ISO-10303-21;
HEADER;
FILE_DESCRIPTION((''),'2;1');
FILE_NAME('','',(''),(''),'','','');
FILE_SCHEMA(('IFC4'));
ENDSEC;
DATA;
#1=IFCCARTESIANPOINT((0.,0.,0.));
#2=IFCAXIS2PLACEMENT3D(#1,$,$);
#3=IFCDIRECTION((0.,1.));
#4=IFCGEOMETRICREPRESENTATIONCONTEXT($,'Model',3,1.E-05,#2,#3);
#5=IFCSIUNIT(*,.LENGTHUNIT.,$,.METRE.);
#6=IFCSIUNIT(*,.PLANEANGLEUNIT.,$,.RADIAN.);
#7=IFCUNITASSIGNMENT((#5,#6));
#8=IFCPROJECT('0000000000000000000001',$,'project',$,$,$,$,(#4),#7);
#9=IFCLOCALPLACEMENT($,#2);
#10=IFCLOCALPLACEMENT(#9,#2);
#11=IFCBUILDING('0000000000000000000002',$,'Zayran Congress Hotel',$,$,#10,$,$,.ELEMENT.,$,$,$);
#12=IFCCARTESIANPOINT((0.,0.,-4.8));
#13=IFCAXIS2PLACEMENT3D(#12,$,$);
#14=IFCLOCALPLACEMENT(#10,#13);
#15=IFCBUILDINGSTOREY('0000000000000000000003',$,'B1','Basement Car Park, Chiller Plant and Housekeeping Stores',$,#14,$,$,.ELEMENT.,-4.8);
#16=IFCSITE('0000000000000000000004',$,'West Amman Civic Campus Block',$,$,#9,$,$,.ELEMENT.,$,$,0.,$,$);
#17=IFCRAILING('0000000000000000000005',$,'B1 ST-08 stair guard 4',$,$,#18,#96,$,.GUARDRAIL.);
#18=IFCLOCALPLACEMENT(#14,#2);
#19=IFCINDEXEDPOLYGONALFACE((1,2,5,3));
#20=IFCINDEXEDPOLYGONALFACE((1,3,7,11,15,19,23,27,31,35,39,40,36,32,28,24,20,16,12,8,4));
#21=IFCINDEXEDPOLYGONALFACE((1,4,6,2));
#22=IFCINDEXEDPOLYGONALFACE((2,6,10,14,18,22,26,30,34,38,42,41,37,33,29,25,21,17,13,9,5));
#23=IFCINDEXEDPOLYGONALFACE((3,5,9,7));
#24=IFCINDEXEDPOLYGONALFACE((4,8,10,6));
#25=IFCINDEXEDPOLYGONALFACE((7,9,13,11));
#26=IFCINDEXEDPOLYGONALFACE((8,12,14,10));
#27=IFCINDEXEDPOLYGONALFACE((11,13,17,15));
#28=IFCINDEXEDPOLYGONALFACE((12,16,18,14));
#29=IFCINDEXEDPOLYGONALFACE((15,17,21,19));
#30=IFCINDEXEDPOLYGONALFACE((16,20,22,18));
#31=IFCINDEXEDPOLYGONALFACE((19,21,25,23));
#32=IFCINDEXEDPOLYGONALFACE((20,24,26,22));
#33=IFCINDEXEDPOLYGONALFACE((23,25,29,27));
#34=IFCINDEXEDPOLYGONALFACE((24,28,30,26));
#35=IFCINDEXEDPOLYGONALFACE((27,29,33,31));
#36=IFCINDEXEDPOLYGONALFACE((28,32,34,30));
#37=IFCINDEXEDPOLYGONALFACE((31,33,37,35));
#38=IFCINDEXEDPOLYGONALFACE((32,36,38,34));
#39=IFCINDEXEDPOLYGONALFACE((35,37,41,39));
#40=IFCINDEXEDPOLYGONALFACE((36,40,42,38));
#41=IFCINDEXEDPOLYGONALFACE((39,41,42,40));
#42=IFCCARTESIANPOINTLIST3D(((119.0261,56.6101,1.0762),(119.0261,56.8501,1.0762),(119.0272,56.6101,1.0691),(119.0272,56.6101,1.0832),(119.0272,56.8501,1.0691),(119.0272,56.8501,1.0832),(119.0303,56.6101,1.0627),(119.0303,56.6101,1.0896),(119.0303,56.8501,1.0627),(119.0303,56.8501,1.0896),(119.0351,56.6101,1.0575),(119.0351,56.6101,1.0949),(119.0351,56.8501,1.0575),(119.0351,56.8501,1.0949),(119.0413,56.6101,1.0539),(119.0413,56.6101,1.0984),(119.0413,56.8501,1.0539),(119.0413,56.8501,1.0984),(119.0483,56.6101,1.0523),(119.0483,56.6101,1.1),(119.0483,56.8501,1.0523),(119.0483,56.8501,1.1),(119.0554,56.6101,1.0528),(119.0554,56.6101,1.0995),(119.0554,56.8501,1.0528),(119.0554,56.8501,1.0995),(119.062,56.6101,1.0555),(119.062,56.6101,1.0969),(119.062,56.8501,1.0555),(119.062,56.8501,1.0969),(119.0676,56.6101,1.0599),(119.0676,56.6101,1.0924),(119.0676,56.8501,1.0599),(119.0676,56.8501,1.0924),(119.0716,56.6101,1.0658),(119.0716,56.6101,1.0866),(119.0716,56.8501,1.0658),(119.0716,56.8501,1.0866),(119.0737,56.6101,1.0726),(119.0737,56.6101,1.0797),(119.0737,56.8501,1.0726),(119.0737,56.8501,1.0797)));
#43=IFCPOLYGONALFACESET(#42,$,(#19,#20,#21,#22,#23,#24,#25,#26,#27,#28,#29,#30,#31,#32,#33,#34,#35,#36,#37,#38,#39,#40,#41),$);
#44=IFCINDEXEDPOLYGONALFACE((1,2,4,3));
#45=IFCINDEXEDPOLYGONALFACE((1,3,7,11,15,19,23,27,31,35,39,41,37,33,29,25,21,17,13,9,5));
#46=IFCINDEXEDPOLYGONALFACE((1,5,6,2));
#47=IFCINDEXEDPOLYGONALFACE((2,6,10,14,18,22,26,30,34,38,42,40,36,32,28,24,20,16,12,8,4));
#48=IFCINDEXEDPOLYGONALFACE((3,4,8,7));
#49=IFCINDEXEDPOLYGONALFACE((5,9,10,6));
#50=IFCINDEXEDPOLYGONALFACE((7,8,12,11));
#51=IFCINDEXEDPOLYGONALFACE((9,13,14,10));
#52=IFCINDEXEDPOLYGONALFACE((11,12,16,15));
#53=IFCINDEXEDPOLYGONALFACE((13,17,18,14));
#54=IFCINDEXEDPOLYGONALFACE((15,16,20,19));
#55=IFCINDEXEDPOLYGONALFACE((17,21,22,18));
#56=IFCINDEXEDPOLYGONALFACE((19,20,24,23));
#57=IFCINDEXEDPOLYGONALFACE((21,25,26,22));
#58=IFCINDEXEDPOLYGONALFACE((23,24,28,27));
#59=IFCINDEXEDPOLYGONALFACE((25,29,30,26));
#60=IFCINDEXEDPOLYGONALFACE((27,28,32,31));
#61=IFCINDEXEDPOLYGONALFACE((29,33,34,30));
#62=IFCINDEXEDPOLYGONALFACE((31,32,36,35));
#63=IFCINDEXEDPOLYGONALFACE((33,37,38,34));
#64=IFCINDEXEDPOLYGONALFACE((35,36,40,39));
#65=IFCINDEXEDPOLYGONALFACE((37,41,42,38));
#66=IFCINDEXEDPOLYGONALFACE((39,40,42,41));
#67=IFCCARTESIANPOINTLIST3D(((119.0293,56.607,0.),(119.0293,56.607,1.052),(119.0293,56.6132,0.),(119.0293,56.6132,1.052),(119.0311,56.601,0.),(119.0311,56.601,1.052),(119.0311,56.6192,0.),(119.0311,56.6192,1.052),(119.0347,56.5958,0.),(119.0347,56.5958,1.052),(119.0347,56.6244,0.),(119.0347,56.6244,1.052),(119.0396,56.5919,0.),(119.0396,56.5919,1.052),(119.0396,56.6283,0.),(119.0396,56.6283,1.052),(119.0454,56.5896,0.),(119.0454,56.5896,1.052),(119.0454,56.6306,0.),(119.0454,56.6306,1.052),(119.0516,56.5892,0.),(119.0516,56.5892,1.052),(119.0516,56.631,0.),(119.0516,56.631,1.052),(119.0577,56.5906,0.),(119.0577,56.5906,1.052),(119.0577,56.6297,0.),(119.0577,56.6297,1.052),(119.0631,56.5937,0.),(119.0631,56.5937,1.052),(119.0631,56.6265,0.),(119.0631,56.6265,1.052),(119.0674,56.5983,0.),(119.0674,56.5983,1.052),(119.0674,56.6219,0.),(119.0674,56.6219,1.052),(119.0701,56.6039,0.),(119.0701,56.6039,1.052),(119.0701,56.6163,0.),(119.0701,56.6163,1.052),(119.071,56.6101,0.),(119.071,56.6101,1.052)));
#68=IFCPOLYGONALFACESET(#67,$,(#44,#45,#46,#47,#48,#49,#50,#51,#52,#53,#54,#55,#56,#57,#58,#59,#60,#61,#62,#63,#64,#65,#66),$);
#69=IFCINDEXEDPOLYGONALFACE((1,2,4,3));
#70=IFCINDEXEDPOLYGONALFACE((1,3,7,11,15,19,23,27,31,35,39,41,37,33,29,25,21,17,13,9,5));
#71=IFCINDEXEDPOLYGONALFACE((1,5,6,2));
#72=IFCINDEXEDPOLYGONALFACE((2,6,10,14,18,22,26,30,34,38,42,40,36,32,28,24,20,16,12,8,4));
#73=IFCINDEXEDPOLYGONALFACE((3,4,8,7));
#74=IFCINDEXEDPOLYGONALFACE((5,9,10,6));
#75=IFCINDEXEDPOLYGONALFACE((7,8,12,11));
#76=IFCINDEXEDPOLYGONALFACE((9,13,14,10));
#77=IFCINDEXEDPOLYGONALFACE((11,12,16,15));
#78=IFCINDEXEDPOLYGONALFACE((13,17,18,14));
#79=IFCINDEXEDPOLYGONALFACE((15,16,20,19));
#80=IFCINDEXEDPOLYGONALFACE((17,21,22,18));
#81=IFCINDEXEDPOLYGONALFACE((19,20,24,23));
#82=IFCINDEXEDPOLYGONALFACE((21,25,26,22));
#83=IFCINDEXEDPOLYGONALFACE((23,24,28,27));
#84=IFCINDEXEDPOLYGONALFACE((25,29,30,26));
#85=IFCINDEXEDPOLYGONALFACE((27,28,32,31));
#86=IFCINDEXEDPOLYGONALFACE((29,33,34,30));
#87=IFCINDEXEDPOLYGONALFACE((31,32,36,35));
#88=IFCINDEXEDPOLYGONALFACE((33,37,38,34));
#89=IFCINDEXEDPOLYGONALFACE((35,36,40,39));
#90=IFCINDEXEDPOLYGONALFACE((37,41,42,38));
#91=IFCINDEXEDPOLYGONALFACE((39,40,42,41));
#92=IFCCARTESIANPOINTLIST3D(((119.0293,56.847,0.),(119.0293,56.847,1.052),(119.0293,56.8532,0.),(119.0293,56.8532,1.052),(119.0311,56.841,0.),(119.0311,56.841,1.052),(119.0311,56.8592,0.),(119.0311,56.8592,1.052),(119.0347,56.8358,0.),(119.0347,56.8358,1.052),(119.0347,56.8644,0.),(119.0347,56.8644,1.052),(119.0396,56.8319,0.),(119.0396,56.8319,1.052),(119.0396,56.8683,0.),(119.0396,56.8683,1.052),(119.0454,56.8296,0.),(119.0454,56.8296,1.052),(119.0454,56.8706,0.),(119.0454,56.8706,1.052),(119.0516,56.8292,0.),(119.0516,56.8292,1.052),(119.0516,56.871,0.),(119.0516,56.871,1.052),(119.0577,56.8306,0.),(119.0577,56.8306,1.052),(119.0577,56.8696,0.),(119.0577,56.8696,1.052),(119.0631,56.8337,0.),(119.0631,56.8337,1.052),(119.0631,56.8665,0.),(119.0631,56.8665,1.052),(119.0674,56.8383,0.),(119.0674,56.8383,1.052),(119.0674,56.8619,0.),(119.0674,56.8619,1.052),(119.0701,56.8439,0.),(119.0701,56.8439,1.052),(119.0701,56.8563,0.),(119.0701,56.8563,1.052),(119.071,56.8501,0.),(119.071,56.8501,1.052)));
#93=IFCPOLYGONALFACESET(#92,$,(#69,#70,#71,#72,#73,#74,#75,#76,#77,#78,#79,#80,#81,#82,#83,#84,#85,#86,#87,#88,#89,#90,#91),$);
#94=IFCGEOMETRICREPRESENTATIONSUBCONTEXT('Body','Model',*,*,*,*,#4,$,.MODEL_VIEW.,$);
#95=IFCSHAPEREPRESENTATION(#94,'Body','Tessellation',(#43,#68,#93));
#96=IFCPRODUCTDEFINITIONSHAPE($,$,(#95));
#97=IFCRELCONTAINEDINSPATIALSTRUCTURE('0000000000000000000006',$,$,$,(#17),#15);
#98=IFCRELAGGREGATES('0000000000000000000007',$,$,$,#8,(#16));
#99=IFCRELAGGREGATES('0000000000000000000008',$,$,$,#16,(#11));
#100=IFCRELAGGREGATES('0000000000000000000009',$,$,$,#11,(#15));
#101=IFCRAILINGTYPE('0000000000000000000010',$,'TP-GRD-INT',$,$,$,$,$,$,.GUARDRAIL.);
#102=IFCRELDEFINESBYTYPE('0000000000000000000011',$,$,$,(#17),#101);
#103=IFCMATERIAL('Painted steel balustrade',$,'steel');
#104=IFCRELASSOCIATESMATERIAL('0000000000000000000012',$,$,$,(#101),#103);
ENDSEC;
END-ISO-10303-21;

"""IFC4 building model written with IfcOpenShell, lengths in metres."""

from ifc_helpers import new_model, si_unit, direction, frame, origin, origin_2d, place, context, subcontext, project, spatial, circle, extrude, material, type_object, element, save


model = new_model("IFC4")

# Units and contexts
model_context = context("Model", 3, precision=1e-05, world=origin(), true_north=direction((0.0, 1.0)))
body_context = subcontext(model_context, "Body", "Model", "MODEL_VIEW")
ifc_project = project(units=[si_unit("LENGTHUNIT", "METRE"), si_unit("PLANEANGLEUNIT", "RADIAN")], contexts=[model_context])

# Site, building, storey
site_placement = place(None, origin())
site = spatial("IfcSite", under=ifc_project, at=site_placement, Name="West Amman Civic Campus Block", CompositionType="ELEMENT", RefElevation=0.0)
building_placement = place(site_placement, origin())
building = spatial("IfcBuilding", under=site, at=building_placement, Name="Zayran Congress Hotel", CompositionType="ELEMENT")
storey_placement = place(building_placement, frame((0.0, 0.0, -4.8)))
storey = spatial("IfcBuildingStorey", under=building, at=storey_placement, Name="B1", Description="Basement Car Park, Chiller Plant and Housekeeping Stores", CompositionType="ELEMENT", Elevation=-4.8)

# Railing
ifc_material_1 = material(Name="Painted steel balustrade", Category="steel")
railing_type_1 = type_object("IfcRailingType", Name="TP-GRD-INT", PredefinedType="GUARDRAIL", material=ifc_material_1)
railing_1_placement = place(storey_placement, frame((119.05, 56.6101, 0.0)))
element("IfcRailing", 1, at=railing_1_placement, inside=storey, type_object=railing_type_1, Name="B1 ST-08 stair guard 4", PredefinedType="GUARDRAIL", context=body_context, shape_type="SweptSolid", body=[
    extrude(circle(Radius=0.0239, at=origin_2d()), frame((0.0, 0.0, 1.0762), z_axis=(0.0, 1.0, 0.0), x_axis=(-1.0, 0.0, 0.0)), (0.0, 0.0, 1.0), 0.24),
    extrude(circle(Radius=0.021, at=origin_2d()), origin(), (0.0, 0.0, 1.0), 1.052),
    extrude(circle(Radius=0.021, at=origin_2d()), frame((0.0, 0.24, 0.0)), (0.0, 0.0, 1.0), 1.052),
])

save(model, "model.ifc")
